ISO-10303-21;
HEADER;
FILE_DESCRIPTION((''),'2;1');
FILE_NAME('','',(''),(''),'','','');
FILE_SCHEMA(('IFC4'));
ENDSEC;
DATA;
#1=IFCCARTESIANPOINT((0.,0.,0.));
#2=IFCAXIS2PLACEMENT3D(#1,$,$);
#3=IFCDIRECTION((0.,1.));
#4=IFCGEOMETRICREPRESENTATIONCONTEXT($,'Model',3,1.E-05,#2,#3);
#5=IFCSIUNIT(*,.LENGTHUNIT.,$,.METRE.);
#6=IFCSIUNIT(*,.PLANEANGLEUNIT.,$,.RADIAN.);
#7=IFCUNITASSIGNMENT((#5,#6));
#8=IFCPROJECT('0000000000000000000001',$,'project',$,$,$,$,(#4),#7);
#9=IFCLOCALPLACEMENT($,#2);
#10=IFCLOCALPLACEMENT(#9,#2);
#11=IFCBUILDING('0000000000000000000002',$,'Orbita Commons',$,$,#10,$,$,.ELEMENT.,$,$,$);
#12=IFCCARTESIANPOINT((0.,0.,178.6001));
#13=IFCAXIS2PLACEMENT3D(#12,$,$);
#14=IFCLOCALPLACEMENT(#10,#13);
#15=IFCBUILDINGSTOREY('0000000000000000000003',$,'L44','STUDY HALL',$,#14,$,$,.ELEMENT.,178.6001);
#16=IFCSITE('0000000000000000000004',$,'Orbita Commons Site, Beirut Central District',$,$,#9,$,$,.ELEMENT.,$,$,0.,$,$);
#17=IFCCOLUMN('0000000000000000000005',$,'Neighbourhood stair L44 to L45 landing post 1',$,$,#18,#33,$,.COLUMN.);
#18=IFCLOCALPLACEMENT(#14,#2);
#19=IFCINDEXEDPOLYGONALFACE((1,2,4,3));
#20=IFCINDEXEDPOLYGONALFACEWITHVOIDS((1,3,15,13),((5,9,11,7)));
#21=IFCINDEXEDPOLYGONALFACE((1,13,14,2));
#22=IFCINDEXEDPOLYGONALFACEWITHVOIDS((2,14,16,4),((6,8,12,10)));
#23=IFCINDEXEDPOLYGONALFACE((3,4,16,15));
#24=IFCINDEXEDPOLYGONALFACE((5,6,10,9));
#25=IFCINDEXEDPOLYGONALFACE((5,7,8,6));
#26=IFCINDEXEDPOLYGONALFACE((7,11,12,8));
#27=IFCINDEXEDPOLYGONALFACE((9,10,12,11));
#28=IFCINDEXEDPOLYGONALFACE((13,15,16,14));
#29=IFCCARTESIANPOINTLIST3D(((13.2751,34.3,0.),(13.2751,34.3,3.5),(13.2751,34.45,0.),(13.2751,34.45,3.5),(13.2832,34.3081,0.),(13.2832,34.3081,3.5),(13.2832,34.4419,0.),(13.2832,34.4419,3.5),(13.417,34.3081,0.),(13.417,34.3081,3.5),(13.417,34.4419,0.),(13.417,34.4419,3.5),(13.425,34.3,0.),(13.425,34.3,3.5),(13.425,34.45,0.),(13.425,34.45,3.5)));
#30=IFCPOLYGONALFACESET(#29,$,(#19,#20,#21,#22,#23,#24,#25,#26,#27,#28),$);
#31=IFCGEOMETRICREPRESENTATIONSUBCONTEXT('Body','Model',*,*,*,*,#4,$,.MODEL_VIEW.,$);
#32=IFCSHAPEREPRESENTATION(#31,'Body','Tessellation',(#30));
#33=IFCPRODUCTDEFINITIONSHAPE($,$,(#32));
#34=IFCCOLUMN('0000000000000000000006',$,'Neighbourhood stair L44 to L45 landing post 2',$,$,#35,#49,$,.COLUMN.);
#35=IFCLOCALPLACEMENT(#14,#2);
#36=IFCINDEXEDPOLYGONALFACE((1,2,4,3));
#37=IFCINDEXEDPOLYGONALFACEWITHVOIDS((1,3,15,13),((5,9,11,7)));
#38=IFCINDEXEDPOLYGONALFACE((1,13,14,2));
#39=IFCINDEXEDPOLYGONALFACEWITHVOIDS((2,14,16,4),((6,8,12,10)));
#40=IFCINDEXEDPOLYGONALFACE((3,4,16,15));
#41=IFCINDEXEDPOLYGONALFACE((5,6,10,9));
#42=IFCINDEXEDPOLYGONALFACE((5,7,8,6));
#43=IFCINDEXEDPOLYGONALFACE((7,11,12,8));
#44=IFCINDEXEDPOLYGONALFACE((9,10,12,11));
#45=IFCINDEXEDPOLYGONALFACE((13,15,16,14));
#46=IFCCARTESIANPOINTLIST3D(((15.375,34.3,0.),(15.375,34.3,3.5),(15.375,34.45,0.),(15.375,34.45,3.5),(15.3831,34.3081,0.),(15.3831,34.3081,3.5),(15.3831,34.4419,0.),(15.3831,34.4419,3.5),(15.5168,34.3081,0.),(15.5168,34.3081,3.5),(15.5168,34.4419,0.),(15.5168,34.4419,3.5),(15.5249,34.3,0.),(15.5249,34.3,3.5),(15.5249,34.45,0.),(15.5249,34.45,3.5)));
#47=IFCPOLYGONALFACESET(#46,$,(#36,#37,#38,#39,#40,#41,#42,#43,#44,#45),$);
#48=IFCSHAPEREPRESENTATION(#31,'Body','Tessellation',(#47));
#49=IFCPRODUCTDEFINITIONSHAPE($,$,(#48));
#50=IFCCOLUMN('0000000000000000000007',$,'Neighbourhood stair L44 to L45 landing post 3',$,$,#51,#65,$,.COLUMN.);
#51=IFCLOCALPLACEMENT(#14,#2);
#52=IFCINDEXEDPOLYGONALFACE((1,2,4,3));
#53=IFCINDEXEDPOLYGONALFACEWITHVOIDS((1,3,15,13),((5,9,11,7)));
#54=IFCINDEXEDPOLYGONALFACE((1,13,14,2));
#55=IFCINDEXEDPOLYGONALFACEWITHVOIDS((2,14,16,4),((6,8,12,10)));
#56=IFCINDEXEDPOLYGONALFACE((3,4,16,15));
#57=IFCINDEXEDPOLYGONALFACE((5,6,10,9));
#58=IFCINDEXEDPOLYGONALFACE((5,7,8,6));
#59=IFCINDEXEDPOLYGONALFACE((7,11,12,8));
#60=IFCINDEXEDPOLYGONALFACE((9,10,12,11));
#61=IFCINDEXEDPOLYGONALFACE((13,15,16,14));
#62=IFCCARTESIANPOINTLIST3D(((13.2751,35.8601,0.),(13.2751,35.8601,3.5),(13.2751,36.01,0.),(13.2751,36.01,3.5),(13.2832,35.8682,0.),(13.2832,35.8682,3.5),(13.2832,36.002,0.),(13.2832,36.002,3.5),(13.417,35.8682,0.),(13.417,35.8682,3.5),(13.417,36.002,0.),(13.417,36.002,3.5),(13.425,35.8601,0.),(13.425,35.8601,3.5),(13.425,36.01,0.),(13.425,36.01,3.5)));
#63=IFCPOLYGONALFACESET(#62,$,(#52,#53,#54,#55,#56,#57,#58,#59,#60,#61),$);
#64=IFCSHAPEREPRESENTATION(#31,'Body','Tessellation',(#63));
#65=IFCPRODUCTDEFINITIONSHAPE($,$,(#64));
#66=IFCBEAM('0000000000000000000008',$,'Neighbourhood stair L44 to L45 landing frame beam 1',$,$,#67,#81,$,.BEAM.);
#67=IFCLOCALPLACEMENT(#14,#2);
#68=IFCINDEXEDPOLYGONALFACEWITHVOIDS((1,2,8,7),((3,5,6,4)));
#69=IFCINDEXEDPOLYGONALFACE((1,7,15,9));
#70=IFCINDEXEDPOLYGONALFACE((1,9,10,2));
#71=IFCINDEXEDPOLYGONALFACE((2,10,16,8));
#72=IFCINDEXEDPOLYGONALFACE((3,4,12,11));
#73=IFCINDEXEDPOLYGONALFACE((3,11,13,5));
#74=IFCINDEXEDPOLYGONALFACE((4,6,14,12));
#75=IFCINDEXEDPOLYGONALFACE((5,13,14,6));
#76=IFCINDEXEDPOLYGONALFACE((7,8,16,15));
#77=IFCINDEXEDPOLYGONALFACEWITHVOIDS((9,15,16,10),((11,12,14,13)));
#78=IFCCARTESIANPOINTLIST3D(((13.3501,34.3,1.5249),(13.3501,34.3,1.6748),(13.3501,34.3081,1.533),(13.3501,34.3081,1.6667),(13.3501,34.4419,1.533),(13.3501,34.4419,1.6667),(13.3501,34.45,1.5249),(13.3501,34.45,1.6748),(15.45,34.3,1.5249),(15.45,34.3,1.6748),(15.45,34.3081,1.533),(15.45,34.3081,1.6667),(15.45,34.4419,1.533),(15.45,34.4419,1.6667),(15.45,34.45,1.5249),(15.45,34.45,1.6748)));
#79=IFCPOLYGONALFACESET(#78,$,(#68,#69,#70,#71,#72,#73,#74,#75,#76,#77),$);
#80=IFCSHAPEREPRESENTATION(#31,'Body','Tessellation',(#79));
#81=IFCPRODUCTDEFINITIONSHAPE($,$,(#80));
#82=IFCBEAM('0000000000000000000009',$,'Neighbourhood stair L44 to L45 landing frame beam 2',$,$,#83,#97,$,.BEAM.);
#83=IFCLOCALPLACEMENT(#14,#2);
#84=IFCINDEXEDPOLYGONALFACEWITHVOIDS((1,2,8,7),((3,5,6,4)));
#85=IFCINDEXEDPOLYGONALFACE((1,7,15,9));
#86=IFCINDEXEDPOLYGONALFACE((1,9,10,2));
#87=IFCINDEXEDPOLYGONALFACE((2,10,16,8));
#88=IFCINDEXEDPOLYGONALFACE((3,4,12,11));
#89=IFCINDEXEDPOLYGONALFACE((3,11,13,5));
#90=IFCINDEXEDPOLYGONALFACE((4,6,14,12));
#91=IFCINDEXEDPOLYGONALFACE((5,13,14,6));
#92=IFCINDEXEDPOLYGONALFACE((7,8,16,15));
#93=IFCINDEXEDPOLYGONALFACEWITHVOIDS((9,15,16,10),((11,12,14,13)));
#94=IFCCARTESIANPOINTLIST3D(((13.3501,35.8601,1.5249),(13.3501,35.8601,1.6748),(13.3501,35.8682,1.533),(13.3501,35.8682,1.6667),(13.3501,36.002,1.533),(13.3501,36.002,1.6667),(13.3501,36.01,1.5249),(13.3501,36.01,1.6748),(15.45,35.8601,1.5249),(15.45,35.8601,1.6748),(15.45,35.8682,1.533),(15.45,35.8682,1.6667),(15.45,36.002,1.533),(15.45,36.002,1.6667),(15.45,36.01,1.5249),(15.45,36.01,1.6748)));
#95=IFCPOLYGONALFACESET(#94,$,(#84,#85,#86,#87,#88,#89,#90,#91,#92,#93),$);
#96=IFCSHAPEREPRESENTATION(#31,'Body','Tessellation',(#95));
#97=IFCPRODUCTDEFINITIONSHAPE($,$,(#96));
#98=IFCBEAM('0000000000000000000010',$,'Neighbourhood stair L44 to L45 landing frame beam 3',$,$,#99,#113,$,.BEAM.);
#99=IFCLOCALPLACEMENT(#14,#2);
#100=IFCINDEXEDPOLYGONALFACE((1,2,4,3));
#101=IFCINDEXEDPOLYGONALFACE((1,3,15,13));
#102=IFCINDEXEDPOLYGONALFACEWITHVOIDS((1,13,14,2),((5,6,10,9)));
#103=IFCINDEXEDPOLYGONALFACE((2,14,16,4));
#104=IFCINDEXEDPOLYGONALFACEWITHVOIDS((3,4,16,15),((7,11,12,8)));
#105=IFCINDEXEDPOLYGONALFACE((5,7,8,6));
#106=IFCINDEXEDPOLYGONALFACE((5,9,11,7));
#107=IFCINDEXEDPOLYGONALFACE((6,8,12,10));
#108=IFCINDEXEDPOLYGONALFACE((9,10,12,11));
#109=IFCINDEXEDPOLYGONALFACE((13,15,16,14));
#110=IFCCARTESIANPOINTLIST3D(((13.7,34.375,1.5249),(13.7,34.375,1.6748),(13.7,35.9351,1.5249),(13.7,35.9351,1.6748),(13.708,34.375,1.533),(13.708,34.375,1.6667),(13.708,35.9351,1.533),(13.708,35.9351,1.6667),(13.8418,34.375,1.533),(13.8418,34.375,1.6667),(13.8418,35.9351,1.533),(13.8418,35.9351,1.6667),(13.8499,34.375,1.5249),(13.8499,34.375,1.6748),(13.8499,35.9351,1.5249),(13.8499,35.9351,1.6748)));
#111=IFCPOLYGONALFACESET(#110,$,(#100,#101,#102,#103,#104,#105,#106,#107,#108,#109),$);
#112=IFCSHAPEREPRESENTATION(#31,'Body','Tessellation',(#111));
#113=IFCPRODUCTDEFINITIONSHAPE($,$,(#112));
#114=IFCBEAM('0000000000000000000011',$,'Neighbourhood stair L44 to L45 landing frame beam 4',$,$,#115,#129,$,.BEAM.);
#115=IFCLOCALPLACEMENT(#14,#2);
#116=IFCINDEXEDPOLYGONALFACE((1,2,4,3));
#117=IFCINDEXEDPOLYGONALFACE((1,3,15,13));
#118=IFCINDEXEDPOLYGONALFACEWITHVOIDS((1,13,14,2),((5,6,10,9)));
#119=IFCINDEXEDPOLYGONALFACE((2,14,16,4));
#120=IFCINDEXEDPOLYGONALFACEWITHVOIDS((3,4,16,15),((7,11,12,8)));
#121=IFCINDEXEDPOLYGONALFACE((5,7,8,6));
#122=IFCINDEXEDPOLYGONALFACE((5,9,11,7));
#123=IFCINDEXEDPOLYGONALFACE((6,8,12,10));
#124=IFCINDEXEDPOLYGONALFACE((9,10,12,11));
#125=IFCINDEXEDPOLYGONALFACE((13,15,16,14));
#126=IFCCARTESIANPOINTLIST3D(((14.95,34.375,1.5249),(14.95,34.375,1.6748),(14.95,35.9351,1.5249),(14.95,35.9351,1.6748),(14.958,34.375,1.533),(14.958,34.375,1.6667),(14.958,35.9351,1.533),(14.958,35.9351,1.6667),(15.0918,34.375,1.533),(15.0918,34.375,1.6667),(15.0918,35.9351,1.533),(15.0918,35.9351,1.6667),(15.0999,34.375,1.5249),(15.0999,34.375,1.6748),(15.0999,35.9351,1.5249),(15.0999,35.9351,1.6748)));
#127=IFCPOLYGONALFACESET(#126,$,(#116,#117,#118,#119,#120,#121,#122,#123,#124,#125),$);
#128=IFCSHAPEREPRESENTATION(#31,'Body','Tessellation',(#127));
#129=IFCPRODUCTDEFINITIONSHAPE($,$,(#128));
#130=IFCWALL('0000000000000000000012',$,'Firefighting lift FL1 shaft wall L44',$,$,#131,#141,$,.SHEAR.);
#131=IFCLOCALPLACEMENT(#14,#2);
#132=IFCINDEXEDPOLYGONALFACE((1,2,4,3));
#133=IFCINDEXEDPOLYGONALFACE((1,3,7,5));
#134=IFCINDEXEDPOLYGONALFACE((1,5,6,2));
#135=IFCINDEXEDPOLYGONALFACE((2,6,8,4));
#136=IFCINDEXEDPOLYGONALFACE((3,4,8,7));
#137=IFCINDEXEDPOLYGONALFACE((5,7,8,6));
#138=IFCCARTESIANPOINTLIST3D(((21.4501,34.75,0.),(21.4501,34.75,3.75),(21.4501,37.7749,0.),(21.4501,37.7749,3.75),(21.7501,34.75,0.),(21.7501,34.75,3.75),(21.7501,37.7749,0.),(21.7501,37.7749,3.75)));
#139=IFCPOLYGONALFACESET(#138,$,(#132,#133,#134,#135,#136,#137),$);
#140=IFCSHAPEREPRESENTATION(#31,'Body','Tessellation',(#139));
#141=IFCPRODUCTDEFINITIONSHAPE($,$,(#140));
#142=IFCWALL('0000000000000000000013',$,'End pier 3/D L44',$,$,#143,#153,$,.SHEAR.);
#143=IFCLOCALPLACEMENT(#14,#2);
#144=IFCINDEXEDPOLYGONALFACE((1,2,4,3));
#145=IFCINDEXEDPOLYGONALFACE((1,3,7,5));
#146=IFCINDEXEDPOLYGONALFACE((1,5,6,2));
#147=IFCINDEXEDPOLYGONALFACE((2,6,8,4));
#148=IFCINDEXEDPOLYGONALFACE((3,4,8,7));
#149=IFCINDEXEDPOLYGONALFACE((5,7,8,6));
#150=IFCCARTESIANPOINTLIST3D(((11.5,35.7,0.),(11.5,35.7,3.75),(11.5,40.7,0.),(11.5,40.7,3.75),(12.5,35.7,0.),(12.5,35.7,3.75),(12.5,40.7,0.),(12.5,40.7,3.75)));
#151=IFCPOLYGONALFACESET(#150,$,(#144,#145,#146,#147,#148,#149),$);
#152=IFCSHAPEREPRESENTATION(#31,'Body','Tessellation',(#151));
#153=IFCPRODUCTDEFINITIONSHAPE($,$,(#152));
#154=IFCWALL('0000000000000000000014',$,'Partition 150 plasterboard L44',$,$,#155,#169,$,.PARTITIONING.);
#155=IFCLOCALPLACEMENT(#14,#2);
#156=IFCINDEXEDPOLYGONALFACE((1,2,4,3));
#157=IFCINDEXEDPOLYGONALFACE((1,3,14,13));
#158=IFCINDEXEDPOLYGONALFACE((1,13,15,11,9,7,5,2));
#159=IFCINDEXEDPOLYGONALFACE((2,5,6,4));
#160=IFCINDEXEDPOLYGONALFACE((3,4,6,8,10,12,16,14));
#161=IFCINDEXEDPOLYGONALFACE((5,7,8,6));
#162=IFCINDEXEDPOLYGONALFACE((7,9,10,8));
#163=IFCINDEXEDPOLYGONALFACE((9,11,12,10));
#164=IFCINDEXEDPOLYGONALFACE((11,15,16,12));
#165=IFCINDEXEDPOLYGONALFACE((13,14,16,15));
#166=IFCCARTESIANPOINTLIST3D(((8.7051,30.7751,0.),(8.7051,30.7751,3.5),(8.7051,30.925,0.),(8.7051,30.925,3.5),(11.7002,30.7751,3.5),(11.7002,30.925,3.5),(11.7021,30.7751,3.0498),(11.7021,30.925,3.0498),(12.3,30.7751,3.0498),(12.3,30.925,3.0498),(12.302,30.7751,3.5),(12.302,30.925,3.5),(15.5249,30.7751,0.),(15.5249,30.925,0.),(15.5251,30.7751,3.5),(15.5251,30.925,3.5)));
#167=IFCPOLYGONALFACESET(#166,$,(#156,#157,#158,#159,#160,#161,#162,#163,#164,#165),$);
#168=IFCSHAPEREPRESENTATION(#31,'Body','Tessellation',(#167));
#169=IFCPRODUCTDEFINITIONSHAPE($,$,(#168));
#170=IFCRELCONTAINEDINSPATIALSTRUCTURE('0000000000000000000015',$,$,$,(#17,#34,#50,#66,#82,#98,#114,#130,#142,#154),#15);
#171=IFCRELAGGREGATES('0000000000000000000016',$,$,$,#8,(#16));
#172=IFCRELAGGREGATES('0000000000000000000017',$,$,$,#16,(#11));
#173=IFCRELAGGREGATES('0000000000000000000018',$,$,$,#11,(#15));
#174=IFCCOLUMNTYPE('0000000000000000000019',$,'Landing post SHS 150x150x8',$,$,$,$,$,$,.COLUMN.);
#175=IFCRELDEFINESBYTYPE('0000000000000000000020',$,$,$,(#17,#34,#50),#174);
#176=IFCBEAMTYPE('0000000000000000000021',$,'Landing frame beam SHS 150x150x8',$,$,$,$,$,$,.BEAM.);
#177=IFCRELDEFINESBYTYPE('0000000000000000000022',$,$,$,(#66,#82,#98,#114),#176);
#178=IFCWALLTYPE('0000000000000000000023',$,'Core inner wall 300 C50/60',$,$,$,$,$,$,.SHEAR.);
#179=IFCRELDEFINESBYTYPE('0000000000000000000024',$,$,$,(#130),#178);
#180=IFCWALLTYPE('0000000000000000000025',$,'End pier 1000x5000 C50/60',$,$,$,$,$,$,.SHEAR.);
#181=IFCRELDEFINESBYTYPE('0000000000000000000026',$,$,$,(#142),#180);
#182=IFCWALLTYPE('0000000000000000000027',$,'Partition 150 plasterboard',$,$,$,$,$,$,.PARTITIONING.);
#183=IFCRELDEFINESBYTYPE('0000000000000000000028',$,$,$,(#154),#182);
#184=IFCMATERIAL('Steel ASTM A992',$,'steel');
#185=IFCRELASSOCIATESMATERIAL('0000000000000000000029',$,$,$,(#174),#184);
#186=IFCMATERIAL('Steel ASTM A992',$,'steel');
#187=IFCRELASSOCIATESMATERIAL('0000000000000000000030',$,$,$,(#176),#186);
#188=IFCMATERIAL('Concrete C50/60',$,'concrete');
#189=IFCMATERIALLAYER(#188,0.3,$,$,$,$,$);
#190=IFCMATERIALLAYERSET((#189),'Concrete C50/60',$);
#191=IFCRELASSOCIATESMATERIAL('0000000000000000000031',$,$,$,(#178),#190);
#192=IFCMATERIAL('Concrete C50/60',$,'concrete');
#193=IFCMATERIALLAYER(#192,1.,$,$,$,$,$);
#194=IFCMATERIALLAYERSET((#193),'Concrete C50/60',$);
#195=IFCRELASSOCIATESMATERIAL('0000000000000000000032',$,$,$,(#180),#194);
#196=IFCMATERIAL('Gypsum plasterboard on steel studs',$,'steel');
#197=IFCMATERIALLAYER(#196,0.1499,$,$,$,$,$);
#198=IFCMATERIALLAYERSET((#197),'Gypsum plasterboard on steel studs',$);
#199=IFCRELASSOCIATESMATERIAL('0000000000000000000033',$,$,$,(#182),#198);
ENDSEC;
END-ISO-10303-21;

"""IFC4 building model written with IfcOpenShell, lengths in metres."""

from ifc_helpers import new_model, si_unit, direction, frame, frame_2d, origin, origin_2d, place, context, subcontext, project, spatial, polyline, rectangle, hollow_rectangle, outline, extrude, material, layer, layer_set, material_profile, profile_set, type_object, element, save


model = new_model("IFC4")

# Units and contexts
model_context = context("Model", 3, precision=1e-05, world=origin(), true_north=direction((0.0, 1.0)))
body_context = subcontext(model_context, "Body", "Model", "MODEL_VIEW")
ifc_project = project(units=[si_unit("LENGTHUNIT", "METRE"), si_unit("PLANEANGLEUNIT", "RADIAN")], contexts=[model_context])

# Site, building, storey
site_placement = place(None, origin())
site = spatial("IfcSite", under=ifc_project, at=site_placement, Name="Orbita Commons Site, Beirut Central District", CompositionType="ELEMENT", RefElevation=0.0)
building_placement = place(site_placement, origin())
building = spatial("IfcBuilding", under=site, at=building_placement, Name="Orbita Commons", CompositionType="ELEMENT")
storey_placement = place(building_placement, frame((0.0, 0.0, 178.6001)))
storey = spatial("IfcBuildingStorey", under=building, at=storey_placement, Name="L44", Description="STUDY HALL", CompositionType="ELEMENT", Elevation=178.6001)

# Columns
ifc_material_1 = material(Name="Steel ASTM A992", Category="steel")
ifc_material_profile_1 = material_profile(ifc_material_1, hollow_rectangle(XDim=0.1499, YDim=0.1499, WallThickness=0.0081, at=origin_2d()), Name="SHS 150x150x8")
ifc_profile_set_1 = profile_set([ifc_material_profile_1], Name="Steel ASTM A992")
column_type = type_object("IfcColumnType", Name="Landing post SHS 150x150x8", PredefinedType="COLUMN", material=ifc_profile_set_1)
for number, where, z_axis, x_axis, name in (
    (1, (13.3501, 34.375, 0.0), (0.0, 0.0, 1.0), (1.0, 0.0, 0.0), "Neighbourhood stair L44 to L45 landing post 1"),
    (2, (15.45, 34.375, 0.0), (0.0, 0.0, 1.0), (1.0, 0.0, 0.0), "Neighbourhood stair L44 to L45 landing post 2"),
    (3, (13.3501, 35.9351, 0.0), (0.0, 0.0, 1.0), (1.0, 0.0, 0.0), "Neighbourhood stair L44 to L45 landing post 3"),
):
    element("IfcColumn", number, at=place(storey_placement, frame(where, z_axis=z_axis, x_axis=x_axis)), inside=storey, type_object=column_type, Name=name, PredefinedType="COLUMN", context=body_context, shape_type="SweptSolid", body=[
        extrude(hollow_rectangle(XDim=0.1499, YDim=0.1499, WallThickness=0.0081, at=origin_2d()), origin(), (0.0, 0.0, 1.0), 3.5),
    ])

# Beams
ifc_material_2 = material(Name="Steel ASTM A992", Category="steel")
ifc_material_profile_2 = material_profile(ifc_material_2, hollow_rectangle(XDim=0.1499, YDim=0.1499, WallThickness=0.0081, at=origin_2d()), Name="SHS 150x150x8")
ifc_profile_set_2 = profile_set([ifc_material_profile_2], Name="Steel ASTM A992")
beam_type = type_object("IfcBeamType", Name="Landing frame beam SHS 150x150x8", PredefinedType="BEAM", material=ifc_profile_set_2)
for number, where, z_axis, x_axis, name in (
    (4, (13.3501, 34.375, 1.5999), (1.0, 0.0, 0.0), (0.0, 1.0, 0.0), "Neighbourhood stair L44 to L45 landing frame beam 1"),
    (5, (13.3501, 35.9351, 1.5999), (1.0, 0.0, 0.0), (0.0, 1.0, 0.0), "Neighbourhood stair L44 to L45 landing frame beam 2"),
):
    element("IfcBeam", number, at=place(storey_placement, frame(where, z_axis=z_axis, x_axis=x_axis)), inside=storey, type_object=beam_type, Name=name, PredefinedType="BEAM", context=body_context, shape_type="SweptSolid", body=[
        extrude(hollow_rectangle(XDim=0.1499, YDim=0.1499, WallThickness=0.0081, at=origin_2d()), origin(), (0.0, 0.0, 1.0), 2.0999),
    ])
for number, where, z_axis, x_axis, name in (
    (6, (13.7749, 34.375, 1.5999), (0.0, 1.0, 0.0), (-1.0, 0.0, 0.0), "Neighbourhood stair L44 to L45 landing frame beam 3"),
    (7, (15.0249, 34.375, 1.5999), (0.0, 1.0, 0.0), (-1.0, 0.0, 0.0), "Neighbourhood stair L44 to L45 landing frame beam 4"),
):
    element("IfcBeam", number, at=place(storey_placement, frame(where, z_axis=z_axis, x_axis=x_axis)), inside=storey, type_object=beam_type, Name=name, PredefinedType="BEAM", context=body_context, shape_type="SweptSolid", body=[
        extrude(hollow_rectangle(XDim=0.1499, YDim=0.1499, WallThickness=0.0081, at=origin_2d()), origin(), (0.0, 0.0, 1.0), 1.5601),
    ])

# Shared definitions
ifc_material_3 = material(Name="Concrete C50/60", Category="concrete")
ifc_layer_1 = layer(ifc_material_3, 0.3)
ifc_layer_set_1 = layer_set([ifc_layer_1], Name="Concrete C50/60")
wall_type_1 = type_object("IfcWallType", Name="Core inner wall 300 C50/60", PredefinedType="SHEAR", material=ifc_layer_set_1)

# Walls
wall_1_placement = place(storey_placement, frame((21.6001, 34.75, 0.0), z_axis=(0.0, 0.0, 1.0), x_axis=(0.0, 1.0, 0.0)))
element("IfcWall", 8, at=wall_1_placement, inside=storey, type_object=wall_type_1, Name="Firefighting lift FL1 shaft wall L44", PredefinedType="SHEAR", context=body_context, shape_type="SweptSolid", body=[
    extrude(rectangle(XDim=3.0249, YDim=0.3, at=frame_2d((1.5125, 0.0))), origin(), (0.0, 0.0, 1.0), 3.75),
])
ifc_material_4 = material(Name="Concrete C50/60", Category="concrete")
ifc_layer_2 = layer(ifc_material_4, 1.0)
ifc_layer_set_2 = layer_set([ifc_layer_2], Name="Concrete C50/60")
wall_type_2 = type_object("IfcWallType", Name="End pier 1000x5000 C50/60", PredefinedType="SHEAR", material=ifc_layer_set_2)
wall_2_placement = place(storey_placement, frame((12.0, 35.7, 0.0), z_axis=(0.0, 0.0, 1.0), x_axis=(0.0, 1.0, 0.0)))
element("IfcWall", 9, at=wall_2_placement, inside=storey, type_object=wall_type_2, Name="End pier 3/D L44", PredefinedType="SHEAR", context=body_context, shape_type="SweptSolid", body=[
    extrude(rectangle(XDim=5.0, YDim=1.0, at=frame_2d((2.5, 0.0))), origin(), (0.0, 0.0, 1.0), 3.75),
])
ifc_material_5 = material(Name="Gypsum plasterboard on steel studs", Category="steel")
ifc_layer_3 = layer(ifc_material_5, 0.1499)
ifc_layer_set_3 = layer_set([ifc_layer_3], Name="Gypsum plasterboard on steel studs")
wall_type_3 = type_object("IfcWallType", Name="Partition 150 plasterboard", PredefinedType="PARTITIONING", material=ifc_layer_set_3)
wall_3_placement = place(storey_placement, frame((8.7051, 30.8501, 0.0), z_axis=(0.0, 0.0, 1.0), x_axis=(1.0, 0.0, 0.0)))
element("IfcWall", 10, at=wall_3_placement, inside=storey, type_object=wall_type_3, Name="Partition 150 plasterboard L44", PredefinedType="PARTITIONING", context=body_context, shape_type="SweptSolid", body=[
    extrude(outline(polyline([(0.0, 0.0), (6.8198, 0.0), (6.8201, 3.5), (3.5969, 3.5), (3.595, 3.0498), (2.9971, 3.0498), (2.9951, 3.5), (0.0, 3.5), (0.0, 0.0)])), frame((0.0, 0.075, 0.0), z_axis=(0.0, -1.0, 0.0), x_axis=(1.0, 0.0, 0.0)), (0.0, 0.0, 1.0), 0.1499),
])

save(model, "model.ifc")
